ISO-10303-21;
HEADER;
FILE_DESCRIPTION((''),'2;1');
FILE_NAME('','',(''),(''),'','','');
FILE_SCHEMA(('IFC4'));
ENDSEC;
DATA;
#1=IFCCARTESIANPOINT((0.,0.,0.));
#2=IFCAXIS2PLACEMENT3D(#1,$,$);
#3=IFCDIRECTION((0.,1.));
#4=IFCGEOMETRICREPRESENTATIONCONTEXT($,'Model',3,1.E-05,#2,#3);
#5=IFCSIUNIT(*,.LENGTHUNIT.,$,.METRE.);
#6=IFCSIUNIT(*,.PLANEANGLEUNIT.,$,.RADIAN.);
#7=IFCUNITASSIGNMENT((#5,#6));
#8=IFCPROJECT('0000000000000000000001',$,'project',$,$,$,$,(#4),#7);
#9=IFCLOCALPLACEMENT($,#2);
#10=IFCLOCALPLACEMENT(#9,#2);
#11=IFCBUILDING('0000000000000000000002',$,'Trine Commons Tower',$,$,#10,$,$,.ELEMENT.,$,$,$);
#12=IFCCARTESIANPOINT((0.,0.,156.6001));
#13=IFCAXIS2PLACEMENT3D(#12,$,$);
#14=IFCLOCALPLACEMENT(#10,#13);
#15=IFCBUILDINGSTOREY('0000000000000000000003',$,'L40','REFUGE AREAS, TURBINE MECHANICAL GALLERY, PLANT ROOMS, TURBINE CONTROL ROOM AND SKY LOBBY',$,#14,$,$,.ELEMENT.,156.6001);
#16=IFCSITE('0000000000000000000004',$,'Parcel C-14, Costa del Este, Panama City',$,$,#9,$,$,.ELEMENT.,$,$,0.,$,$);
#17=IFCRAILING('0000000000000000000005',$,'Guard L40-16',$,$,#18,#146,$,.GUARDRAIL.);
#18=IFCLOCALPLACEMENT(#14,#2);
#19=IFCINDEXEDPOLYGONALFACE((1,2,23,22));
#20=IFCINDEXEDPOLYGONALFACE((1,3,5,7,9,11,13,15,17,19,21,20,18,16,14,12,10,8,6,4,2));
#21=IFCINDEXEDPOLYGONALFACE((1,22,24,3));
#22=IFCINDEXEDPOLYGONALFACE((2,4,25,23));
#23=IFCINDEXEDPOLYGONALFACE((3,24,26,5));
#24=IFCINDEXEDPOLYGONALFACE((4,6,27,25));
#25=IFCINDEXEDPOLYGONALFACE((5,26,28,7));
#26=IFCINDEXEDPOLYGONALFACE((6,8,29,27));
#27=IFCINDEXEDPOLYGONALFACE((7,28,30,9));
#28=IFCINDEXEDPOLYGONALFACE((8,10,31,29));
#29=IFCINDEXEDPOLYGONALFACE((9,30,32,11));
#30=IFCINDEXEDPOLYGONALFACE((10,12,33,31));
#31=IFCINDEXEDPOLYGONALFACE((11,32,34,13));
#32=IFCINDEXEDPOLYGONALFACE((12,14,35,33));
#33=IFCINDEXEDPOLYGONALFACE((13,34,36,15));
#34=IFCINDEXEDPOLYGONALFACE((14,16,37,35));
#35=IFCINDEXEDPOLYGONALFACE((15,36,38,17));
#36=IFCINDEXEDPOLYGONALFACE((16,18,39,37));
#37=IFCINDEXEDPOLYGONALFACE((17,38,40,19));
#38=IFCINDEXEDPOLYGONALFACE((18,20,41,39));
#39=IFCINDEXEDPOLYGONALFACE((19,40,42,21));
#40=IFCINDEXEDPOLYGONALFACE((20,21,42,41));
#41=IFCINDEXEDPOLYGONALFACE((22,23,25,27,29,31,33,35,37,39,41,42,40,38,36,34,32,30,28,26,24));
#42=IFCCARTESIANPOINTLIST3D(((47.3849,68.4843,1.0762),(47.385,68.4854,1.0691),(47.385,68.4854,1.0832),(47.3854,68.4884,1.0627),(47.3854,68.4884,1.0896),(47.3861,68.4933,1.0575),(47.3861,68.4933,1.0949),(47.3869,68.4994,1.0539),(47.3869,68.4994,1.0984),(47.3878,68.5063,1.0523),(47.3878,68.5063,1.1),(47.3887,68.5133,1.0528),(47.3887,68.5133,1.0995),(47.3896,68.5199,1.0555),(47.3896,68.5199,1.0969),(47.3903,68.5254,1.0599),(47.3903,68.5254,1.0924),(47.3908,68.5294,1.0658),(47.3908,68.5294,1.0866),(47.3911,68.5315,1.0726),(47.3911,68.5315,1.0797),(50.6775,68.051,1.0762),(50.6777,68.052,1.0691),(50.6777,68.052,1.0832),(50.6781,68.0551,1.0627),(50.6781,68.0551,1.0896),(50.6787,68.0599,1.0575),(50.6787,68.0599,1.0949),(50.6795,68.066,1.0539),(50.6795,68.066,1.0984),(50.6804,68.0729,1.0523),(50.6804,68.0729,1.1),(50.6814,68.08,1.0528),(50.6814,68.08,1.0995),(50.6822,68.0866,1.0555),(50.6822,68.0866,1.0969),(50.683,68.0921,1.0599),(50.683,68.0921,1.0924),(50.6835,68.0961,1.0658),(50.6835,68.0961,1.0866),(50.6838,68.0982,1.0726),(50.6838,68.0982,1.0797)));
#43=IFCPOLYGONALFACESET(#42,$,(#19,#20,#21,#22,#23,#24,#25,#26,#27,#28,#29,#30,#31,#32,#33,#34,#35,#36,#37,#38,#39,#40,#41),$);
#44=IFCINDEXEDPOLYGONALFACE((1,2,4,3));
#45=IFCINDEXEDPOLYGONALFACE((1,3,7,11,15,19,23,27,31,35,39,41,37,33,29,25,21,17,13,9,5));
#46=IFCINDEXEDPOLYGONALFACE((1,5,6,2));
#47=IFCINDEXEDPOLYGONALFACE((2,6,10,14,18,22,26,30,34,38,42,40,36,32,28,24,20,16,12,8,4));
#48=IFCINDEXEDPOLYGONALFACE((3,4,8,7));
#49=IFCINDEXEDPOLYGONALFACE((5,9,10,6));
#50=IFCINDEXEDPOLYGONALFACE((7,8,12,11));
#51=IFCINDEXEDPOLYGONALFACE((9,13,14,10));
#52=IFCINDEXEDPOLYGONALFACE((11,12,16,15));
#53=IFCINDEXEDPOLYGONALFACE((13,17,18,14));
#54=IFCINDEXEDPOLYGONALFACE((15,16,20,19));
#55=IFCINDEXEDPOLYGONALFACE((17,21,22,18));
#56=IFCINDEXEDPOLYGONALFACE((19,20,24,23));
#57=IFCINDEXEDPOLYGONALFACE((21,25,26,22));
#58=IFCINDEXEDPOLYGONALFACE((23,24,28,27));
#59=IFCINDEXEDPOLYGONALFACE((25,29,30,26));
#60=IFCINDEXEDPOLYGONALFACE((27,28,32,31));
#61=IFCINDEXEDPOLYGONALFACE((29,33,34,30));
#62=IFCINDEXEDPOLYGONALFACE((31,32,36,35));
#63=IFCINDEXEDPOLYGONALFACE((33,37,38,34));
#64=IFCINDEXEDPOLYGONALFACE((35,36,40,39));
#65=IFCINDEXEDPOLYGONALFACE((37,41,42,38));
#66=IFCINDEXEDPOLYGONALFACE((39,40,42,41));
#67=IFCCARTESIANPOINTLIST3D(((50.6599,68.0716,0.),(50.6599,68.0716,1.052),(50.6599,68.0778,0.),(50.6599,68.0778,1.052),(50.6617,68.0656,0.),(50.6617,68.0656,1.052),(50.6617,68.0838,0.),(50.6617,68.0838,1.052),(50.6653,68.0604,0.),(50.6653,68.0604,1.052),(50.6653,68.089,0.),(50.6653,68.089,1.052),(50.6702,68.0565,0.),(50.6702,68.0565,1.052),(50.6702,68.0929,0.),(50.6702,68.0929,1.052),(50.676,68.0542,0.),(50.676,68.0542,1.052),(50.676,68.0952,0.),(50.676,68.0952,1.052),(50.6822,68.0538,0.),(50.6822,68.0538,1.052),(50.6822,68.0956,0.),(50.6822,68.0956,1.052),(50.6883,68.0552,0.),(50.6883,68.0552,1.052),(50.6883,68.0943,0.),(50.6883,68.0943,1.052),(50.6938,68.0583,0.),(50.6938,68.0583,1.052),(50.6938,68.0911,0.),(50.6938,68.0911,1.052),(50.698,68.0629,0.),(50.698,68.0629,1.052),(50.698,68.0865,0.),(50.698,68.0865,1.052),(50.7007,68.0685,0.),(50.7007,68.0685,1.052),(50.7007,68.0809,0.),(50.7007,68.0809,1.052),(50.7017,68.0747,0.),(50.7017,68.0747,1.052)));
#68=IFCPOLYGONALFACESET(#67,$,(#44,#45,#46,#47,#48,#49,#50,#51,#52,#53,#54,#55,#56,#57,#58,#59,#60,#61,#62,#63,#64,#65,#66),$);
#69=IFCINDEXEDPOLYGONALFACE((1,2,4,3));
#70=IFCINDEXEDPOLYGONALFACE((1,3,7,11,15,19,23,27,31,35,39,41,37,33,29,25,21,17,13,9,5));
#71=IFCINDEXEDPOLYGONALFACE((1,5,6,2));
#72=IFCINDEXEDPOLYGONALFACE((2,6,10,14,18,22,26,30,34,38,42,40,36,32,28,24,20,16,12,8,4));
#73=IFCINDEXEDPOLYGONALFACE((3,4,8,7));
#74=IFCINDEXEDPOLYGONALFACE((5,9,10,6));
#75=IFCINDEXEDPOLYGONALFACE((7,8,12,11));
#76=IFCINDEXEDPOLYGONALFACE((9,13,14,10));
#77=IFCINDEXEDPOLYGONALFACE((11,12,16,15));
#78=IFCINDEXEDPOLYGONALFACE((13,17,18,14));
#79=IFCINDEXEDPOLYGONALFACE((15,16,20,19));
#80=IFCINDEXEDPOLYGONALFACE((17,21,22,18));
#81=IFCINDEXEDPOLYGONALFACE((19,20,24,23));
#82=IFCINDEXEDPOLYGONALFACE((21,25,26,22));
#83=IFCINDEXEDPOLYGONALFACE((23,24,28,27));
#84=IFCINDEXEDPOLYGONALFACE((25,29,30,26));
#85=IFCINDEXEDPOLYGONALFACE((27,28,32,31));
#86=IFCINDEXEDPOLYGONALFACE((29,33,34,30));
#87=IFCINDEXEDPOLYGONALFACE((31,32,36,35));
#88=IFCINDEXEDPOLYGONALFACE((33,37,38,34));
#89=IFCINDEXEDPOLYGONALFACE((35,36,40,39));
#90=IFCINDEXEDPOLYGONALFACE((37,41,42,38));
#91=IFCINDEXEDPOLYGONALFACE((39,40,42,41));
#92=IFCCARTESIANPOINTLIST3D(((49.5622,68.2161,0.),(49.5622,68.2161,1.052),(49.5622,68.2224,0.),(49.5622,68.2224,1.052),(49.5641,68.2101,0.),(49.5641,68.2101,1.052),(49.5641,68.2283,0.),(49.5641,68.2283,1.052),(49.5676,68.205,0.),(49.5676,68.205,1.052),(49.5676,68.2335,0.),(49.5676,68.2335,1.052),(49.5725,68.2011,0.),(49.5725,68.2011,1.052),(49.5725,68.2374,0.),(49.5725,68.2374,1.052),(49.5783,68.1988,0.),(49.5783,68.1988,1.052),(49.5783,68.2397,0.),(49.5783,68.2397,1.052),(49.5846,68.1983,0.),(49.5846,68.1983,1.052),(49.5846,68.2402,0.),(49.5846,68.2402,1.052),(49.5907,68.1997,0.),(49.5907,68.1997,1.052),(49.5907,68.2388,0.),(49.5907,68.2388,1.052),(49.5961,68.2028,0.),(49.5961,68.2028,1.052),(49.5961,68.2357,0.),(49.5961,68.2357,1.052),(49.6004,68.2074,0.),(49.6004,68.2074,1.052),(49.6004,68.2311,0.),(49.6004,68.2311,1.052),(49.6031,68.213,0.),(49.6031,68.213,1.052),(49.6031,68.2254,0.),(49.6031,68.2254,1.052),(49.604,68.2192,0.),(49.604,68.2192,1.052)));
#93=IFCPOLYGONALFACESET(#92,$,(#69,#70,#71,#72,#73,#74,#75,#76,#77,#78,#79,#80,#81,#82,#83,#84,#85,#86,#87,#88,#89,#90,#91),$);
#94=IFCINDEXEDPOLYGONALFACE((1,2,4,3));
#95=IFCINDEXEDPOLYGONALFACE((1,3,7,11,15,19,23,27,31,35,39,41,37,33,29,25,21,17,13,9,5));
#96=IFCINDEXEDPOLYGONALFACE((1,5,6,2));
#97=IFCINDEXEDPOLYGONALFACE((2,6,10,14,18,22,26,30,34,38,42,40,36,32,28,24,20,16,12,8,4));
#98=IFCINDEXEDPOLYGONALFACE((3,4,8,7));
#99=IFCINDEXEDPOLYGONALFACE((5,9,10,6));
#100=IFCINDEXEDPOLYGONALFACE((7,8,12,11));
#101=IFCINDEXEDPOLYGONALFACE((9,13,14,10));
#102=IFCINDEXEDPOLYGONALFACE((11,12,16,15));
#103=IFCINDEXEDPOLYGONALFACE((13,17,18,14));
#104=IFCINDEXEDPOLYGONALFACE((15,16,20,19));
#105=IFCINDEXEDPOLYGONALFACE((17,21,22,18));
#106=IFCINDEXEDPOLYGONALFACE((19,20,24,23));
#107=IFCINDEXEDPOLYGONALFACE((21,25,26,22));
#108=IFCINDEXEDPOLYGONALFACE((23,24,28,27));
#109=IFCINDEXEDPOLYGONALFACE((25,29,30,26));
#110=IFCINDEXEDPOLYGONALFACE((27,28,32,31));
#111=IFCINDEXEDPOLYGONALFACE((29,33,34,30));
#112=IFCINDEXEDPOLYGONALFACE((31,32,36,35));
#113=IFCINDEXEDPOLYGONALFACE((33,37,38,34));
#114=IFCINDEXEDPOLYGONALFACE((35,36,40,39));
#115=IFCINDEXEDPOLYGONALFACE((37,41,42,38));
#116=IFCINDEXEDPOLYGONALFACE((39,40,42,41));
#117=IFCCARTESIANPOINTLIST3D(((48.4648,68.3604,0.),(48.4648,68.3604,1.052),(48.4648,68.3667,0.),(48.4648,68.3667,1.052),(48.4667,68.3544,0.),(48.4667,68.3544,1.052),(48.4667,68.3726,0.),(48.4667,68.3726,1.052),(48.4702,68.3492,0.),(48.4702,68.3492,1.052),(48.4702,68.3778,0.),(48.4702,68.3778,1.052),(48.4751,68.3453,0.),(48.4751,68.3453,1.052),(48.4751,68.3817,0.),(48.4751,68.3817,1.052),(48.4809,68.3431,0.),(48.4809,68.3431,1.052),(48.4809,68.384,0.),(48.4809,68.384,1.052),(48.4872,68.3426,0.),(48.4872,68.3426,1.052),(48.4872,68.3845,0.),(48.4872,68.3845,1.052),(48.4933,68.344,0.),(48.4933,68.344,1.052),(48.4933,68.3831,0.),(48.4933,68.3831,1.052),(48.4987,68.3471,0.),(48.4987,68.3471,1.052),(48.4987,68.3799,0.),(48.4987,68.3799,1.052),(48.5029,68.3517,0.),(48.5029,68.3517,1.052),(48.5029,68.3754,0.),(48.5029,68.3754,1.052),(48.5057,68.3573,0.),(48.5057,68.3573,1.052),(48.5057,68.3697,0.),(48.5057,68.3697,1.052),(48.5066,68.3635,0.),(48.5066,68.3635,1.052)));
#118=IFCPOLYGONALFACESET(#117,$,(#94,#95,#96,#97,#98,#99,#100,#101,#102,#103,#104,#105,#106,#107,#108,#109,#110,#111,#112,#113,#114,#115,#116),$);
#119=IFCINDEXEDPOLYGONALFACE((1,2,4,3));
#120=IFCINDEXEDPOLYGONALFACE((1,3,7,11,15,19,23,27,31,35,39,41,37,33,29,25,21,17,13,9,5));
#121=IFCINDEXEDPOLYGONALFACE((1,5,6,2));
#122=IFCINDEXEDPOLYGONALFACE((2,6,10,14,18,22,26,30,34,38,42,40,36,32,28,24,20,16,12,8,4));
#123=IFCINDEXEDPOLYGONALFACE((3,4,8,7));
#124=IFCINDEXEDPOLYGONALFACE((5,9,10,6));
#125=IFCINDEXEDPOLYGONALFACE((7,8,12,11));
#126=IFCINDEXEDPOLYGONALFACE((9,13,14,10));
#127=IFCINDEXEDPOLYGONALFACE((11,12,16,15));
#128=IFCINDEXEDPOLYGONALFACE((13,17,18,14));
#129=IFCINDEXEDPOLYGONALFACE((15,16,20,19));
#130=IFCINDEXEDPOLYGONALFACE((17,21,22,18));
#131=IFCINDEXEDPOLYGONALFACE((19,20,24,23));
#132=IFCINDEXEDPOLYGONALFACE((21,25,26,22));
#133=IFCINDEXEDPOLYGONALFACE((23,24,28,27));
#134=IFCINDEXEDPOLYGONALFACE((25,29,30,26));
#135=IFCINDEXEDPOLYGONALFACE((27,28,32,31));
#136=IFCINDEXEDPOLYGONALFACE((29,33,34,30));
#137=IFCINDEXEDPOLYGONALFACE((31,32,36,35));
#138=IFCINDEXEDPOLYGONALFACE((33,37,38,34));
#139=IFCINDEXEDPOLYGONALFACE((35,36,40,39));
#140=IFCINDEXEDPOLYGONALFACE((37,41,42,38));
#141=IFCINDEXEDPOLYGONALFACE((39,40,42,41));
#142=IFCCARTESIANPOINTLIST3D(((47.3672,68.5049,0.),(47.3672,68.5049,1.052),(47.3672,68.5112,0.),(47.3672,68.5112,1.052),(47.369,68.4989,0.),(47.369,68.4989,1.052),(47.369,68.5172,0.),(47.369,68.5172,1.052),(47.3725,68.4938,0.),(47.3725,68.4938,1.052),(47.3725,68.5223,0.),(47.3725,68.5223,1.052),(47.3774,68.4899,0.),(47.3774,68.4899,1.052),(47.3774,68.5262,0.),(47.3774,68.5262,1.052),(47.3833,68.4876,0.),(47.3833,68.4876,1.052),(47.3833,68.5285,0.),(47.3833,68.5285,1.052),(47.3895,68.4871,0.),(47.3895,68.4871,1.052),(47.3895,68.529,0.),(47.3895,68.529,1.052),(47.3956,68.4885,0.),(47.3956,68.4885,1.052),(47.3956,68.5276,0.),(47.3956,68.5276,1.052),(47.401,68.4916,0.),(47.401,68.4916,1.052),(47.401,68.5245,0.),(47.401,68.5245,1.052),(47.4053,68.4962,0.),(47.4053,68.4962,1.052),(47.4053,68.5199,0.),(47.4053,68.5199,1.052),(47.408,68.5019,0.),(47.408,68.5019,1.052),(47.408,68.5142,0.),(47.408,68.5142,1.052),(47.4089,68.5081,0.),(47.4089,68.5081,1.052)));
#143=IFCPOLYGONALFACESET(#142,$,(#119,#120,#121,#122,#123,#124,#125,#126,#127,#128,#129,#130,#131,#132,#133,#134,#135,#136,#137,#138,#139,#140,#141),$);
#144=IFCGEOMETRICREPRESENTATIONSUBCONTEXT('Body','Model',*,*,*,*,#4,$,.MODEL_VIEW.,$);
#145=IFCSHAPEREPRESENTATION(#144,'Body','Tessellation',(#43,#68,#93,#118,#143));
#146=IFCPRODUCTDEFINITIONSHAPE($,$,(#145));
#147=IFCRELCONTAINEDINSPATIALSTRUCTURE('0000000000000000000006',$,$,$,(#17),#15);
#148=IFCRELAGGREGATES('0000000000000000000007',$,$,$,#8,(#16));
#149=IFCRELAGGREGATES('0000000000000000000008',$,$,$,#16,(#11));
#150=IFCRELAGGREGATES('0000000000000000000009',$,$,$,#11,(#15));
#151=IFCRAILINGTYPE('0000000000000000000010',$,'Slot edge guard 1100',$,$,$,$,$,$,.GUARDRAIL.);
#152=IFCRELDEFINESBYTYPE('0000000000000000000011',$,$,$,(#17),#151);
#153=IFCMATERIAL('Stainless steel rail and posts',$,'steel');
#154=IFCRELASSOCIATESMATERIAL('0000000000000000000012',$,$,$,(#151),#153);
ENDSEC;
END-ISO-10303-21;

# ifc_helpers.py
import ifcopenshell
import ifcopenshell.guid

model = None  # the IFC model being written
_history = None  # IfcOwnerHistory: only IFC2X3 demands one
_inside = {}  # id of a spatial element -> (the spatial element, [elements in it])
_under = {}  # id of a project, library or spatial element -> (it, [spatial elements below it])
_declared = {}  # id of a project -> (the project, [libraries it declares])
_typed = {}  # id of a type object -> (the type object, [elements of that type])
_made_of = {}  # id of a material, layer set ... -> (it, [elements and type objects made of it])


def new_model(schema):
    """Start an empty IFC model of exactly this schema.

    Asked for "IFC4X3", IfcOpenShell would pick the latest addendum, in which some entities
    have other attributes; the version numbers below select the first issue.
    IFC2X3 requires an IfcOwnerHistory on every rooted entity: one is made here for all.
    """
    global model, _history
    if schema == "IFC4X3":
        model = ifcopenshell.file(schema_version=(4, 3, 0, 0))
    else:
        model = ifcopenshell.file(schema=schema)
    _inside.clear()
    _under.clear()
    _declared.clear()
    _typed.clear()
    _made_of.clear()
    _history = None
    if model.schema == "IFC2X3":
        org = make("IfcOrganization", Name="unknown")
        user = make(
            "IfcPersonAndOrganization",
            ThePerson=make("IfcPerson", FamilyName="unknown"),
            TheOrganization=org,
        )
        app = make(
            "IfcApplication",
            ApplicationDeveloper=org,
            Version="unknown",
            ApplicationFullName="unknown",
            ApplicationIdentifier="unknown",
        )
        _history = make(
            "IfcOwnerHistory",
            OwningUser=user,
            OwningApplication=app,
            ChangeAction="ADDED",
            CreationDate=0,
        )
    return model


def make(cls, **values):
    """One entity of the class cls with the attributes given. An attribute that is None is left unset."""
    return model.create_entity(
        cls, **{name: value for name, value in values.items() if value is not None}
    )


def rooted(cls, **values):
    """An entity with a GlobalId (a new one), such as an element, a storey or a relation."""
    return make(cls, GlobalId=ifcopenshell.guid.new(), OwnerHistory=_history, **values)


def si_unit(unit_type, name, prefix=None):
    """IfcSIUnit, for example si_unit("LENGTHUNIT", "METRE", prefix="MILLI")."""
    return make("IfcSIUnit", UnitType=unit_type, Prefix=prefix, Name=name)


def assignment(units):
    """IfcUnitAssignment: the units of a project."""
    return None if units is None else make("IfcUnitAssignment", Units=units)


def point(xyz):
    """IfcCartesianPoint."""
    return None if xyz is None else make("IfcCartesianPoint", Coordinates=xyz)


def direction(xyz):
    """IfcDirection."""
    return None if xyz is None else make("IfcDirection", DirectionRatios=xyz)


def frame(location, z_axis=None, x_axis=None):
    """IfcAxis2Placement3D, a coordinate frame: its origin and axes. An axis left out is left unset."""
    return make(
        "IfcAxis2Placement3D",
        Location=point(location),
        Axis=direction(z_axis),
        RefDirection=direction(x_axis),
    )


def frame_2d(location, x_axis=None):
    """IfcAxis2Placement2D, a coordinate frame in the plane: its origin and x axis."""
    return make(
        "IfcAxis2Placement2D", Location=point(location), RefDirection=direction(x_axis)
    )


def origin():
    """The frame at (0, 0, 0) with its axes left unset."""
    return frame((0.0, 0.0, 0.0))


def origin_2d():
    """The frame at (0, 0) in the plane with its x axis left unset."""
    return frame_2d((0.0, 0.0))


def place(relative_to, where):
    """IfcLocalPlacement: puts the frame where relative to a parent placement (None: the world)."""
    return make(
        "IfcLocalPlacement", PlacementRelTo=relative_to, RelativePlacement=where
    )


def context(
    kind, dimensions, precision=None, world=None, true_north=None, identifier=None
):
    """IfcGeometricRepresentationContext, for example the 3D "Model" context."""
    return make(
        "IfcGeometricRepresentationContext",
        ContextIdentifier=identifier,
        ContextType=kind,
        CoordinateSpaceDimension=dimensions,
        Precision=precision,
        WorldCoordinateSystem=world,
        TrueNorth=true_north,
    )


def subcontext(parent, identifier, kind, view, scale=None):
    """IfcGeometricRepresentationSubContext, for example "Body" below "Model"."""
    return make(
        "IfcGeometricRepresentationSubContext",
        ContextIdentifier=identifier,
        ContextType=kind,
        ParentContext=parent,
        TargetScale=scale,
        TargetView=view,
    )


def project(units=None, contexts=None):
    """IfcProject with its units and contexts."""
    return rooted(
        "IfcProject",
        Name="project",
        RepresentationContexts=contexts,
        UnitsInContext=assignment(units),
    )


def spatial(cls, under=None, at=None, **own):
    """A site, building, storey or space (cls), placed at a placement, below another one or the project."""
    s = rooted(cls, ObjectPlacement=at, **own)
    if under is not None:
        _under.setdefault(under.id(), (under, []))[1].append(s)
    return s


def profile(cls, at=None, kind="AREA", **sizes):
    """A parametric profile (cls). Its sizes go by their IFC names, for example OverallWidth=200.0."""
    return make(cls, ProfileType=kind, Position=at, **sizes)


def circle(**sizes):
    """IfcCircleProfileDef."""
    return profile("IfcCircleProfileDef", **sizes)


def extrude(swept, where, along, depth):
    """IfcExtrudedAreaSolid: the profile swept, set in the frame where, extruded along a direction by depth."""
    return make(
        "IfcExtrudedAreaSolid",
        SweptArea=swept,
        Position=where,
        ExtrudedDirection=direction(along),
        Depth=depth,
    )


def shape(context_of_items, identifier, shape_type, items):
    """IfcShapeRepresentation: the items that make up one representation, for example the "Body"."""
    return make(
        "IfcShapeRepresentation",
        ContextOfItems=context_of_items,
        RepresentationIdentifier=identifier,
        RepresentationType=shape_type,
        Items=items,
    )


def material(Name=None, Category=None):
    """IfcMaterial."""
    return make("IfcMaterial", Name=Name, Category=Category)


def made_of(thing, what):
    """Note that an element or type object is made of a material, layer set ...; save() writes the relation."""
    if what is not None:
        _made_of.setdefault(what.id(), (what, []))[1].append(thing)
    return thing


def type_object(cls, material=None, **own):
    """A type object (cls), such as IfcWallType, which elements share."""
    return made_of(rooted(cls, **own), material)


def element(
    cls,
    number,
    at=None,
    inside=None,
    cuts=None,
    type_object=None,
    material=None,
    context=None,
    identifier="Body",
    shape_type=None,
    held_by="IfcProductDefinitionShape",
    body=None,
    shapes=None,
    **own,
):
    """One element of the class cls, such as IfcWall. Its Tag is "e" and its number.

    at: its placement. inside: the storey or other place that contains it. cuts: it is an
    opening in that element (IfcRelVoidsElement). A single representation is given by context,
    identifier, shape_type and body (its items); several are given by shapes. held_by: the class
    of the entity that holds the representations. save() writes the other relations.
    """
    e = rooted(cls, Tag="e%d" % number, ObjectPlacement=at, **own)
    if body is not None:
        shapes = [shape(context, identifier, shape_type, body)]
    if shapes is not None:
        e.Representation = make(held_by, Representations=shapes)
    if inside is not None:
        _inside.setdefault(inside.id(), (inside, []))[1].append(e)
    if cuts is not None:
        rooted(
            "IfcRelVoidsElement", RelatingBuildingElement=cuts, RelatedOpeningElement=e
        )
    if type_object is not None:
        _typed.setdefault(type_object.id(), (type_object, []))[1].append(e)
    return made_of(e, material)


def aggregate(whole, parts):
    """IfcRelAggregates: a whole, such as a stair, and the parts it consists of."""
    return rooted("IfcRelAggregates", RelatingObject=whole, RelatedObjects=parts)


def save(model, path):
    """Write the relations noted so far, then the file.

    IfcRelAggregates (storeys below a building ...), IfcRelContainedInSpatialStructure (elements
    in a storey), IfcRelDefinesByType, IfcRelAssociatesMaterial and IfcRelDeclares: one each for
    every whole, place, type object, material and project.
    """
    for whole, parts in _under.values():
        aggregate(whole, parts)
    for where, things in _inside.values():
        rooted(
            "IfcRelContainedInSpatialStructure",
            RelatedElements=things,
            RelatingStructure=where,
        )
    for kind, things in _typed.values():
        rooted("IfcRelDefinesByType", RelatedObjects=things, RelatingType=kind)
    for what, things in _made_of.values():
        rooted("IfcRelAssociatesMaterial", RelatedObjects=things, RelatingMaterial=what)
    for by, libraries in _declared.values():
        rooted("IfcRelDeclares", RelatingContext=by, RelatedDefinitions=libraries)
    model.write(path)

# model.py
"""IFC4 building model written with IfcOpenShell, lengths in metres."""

from ifc_helpers import new_model, si_unit, direction, frame, origin, origin_2d, place, context, subcontext, project, spatial, circle, extrude, material, type_object, element, save


model = new_model("IFC4")

# Units and contexts
model_context = context("Model", 3, precision=1e-05, world=origin(), true_north=direction((0.0, 1.0)))
body_context = subcontext(model_context, "Body", "Model", "MODEL_VIEW")
ifc_project = project(units=[si_unit("LENGTHUNIT", "METRE"), si_unit("PLANEANGLEUNIT", "RADIAN")], contexts=[model_context])

# Site, building, storey
site_placement = place(None, origin())
site = spatial("IfcSite", under=ifc_project, at=site_placement, Name="Parcel C-14, Costa del Este, Panama City", CompositionType="ELEMENT", RefElevation=0.0)
building_placement = place(site_placement, origin())
building = spatial("IfcBuilding", under=site, at=building_placement, Name="Trine Commons Tower", CompositionType="ELEMENT")
storey_placement = place(building_placement, frame((0.0, 0.0, 156.6001)))
storey = spatial("IfcBuildingStorey", under=building, at=storey_placement, Name="L40", Description="REFUGE AREAS, TURBINE MECHANICAL GALLERY, PLANT ROOMS, TURBINE CONTROL ROOM AND SKY LOBBY", CompositionType="ELEMENT", Elevation=156.6001)

# Railing
ifc_material_1 = material(Name="Stainless steel rail and posts", Category="steel")
railing_type = type_object("IfcRailingType", Name="Slot edge guard 1100", PredefinedType="GUARDRAIL", material=ifc_material_1)
railing_1_placement = place(storey_placement, frame((50.6807, 68.0747, 0.0)))
element("IfcRailing", 1, at=railing_1_placement, inside=storey, type_object=railing_type, Name="Guard L40-16", PredefinedType="GUARDRAIL", context=body_context, shape_type="SweptSolid", body=[
    extrude(circle(Radius=0.0239, at=origin_2d()), frame((0.0, 0.0, 1.0762), z_axis=(-0.991451, 0.130483, 0.0), x_axis=(-0.130483, -0.991451, 0.0)), (0.0, 0.0, 1.0), 3.321),
    extrude(circle(Radius=0.021, at=origin_2d()), origin(), (0.0, 0.0, 1.0), 1.052),
    extrude(circle(Radius=0.021, at=origin_2d()), frame((-1.0977, 0.1445, 0.0)), (0.0, 0.0, 1.0), 1.052),
    extrude(circle(Radius=0.021, at=origin_2d()), frame((-2.1951, 0.2888, 0.0)), (0.0, 0.0, 1.0), 1.052),
    extrude(circle(Radius=0.021, at=origin_2d()), frame((-3.2927, 0.4333, 0.0)), (0.0, 0.0, 1.0), 1.052),
])

save(model, "model.ifc")
